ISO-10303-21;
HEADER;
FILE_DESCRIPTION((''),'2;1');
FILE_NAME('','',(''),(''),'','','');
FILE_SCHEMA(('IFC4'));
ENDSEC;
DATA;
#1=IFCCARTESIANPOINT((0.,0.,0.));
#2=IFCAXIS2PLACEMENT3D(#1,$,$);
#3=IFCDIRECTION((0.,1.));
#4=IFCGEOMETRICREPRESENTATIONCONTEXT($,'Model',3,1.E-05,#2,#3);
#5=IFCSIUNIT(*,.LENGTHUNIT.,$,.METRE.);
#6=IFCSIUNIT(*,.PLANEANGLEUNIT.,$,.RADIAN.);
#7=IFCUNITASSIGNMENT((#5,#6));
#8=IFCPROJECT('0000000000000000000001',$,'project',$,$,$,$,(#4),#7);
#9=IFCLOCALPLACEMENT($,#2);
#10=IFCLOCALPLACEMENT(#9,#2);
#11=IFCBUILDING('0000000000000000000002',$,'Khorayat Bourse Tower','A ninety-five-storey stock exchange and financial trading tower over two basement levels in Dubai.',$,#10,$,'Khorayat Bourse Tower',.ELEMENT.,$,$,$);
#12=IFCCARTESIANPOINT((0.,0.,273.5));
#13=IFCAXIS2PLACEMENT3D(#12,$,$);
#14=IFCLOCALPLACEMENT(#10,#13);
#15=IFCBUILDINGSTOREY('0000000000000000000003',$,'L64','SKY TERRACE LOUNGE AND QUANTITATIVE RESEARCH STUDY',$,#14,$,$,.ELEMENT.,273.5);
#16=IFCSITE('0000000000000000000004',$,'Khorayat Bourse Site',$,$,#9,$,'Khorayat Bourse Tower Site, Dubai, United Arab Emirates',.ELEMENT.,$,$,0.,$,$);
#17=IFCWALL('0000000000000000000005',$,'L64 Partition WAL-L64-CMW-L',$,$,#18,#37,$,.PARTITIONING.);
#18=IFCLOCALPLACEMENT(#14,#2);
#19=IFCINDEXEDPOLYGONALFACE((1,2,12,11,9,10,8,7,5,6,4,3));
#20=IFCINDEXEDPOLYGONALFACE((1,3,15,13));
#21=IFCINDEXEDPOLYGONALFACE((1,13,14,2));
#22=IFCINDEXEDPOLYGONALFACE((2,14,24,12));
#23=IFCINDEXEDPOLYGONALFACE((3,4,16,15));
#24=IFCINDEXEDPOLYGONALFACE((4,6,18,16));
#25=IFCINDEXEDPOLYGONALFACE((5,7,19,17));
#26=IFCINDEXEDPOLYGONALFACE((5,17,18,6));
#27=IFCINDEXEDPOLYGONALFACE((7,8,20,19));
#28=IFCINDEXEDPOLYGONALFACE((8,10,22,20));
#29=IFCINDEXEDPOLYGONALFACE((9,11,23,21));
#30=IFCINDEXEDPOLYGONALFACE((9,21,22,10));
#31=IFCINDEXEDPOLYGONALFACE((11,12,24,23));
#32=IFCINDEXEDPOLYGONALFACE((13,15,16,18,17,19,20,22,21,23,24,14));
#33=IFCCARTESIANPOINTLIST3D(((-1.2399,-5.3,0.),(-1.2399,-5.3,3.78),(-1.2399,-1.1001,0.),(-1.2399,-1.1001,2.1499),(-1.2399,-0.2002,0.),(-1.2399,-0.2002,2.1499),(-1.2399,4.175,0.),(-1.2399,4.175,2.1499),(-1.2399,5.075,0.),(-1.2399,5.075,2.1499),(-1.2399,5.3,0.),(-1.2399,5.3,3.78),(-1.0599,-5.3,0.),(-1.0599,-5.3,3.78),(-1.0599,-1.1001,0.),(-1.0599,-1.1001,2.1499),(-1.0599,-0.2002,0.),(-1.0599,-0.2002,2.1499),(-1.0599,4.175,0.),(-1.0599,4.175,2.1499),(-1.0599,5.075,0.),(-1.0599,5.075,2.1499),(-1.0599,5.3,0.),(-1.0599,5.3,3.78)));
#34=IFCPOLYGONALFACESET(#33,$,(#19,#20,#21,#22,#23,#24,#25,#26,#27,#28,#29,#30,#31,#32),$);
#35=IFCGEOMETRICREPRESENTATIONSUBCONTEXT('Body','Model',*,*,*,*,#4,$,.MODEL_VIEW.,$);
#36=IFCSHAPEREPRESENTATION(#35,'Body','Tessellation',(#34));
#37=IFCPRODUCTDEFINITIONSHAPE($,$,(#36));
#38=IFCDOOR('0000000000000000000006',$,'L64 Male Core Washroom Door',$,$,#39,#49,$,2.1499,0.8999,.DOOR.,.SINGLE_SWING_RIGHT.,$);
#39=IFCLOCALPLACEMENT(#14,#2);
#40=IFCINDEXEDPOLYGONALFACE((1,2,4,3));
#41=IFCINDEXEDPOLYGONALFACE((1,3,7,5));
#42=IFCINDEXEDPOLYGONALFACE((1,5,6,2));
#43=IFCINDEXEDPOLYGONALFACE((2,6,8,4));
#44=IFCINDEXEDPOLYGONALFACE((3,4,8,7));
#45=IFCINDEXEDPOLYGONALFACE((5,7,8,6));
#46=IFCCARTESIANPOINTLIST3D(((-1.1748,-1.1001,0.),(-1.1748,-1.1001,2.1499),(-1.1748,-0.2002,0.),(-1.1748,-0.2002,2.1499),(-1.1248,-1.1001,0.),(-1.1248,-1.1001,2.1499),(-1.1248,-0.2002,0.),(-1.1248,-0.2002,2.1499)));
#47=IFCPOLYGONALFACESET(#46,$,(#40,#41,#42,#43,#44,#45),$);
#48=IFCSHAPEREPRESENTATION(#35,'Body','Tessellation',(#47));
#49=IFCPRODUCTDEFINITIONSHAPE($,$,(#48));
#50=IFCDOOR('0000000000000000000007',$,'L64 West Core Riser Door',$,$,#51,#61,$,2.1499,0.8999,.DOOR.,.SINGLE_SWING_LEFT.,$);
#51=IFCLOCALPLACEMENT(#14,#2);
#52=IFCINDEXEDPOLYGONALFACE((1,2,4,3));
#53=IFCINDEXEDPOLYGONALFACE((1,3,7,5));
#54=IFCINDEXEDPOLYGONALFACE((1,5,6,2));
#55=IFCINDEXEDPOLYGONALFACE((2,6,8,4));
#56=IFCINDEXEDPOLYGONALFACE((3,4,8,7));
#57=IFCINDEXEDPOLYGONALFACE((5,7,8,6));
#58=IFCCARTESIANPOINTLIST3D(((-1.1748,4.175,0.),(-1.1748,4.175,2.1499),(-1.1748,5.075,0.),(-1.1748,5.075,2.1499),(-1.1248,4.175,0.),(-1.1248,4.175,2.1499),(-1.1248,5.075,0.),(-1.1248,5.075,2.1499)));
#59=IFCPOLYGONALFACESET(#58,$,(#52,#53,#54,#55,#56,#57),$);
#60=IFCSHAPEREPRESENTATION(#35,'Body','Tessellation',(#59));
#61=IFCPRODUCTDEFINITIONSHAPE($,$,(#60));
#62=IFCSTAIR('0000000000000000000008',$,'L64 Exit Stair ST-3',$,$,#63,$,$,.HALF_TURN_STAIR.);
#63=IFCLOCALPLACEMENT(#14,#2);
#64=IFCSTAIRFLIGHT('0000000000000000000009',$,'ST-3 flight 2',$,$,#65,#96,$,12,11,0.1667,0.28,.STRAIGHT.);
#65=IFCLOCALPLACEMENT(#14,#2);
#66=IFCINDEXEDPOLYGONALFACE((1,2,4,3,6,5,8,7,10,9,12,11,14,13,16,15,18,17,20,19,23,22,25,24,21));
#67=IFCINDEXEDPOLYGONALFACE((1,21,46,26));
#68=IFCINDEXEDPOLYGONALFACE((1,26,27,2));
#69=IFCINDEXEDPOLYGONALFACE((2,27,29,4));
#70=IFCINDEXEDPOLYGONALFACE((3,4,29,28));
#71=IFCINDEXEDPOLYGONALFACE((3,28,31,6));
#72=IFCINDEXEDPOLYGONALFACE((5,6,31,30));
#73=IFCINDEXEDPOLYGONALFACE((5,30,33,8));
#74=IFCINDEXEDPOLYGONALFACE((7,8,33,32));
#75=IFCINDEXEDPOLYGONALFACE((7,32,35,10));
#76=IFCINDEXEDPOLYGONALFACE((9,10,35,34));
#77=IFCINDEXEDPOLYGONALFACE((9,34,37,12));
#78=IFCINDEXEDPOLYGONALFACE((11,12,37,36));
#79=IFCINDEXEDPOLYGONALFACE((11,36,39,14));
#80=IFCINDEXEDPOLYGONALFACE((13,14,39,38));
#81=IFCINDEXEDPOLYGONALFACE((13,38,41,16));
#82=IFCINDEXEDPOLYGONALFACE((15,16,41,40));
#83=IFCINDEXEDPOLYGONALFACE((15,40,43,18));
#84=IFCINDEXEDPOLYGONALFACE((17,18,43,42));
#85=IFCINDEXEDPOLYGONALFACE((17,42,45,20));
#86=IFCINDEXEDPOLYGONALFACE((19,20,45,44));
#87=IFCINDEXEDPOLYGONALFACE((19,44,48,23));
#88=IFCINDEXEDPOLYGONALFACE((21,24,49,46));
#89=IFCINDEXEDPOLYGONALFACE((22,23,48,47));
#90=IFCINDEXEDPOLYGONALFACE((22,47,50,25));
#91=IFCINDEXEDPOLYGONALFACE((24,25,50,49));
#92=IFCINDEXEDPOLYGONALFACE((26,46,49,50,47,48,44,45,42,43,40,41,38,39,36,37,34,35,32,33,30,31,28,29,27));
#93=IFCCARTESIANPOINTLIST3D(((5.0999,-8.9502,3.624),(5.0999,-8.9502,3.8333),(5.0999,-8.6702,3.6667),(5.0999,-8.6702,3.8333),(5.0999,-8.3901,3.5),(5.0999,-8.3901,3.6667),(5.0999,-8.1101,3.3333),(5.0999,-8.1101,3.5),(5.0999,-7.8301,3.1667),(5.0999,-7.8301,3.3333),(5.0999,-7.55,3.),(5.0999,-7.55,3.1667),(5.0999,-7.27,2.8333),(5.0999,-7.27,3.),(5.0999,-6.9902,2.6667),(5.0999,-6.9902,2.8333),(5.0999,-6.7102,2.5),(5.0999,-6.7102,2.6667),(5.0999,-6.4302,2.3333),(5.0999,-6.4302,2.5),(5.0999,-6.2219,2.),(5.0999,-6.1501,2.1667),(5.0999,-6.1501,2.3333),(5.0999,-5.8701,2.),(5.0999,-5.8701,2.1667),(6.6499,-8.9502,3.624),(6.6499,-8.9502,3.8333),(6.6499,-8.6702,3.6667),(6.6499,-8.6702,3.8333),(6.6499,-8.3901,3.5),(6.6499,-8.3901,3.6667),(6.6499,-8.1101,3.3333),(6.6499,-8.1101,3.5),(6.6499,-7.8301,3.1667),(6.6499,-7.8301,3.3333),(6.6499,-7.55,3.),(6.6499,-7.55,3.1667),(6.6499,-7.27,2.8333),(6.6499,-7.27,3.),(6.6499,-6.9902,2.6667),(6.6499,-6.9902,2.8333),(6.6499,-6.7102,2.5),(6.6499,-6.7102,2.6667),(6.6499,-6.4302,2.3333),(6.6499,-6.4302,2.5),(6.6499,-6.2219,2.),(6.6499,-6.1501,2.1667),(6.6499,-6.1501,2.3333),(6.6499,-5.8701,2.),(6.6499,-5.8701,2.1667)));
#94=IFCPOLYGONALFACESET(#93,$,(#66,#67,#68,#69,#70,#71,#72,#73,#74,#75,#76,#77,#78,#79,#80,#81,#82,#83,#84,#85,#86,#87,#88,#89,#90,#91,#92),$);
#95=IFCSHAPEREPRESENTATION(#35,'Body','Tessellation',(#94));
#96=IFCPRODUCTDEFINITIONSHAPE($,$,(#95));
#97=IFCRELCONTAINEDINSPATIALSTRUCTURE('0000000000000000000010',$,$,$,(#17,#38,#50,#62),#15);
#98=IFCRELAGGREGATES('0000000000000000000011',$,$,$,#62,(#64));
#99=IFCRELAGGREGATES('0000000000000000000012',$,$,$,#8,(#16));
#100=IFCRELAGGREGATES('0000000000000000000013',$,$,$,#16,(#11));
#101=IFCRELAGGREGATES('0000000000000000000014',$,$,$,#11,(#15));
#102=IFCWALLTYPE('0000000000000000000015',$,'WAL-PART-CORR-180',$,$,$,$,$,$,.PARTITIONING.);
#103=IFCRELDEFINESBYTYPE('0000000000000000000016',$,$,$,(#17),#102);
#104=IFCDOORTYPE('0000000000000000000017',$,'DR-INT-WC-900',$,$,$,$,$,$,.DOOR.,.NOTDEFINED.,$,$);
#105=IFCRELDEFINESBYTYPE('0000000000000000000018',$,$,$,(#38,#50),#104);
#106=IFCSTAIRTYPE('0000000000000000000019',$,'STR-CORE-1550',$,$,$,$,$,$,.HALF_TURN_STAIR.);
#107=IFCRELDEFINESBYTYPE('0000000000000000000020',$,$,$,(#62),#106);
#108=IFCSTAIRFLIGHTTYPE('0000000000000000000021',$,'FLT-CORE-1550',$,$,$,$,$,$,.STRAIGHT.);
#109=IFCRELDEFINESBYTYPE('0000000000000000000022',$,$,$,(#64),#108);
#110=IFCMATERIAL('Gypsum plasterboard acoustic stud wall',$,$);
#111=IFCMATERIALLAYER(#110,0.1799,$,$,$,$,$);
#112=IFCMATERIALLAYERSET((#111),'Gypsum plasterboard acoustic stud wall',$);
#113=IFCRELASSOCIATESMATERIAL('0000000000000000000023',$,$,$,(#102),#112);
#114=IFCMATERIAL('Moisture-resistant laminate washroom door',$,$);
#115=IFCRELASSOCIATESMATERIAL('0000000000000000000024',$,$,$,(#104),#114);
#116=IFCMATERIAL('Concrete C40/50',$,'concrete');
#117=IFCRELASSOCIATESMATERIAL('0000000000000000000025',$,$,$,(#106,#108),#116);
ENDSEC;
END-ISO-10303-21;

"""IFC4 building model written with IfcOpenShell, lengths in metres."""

from ifc_helpers import new_model, si_unit, direction, frame, frame_2d, origin, place, context, subcontext, project, spatial, polyline, rectangle, outline, extrude, source, transform, mapped, material, layer, layer_set, type_object, element, fill, aggregate, save


model = new_model("IFC4")

# Units and contexts
model_context = context("Model", 3, precision=1e-05, world=origin(), true_north=direction((0.0, 1.0)))
body_context = subcontext(model_context, "Body", "Model", "MODEL_VIEW")
ifc_project = project(units=[si_unit("LENGTHUNIT", "METRE"), si_unit("PLANEANGLEUNIT", "RADIAN")], contexts=[model_context])

# Site, building, storey
site_placement = place(None, origin())
site = spatial("IfcSite", under=ifc_project, at=site_placement, Name="Khorayat Bourse Site", LongName="Khorayat Bourse Tower Site, Dubai, United Arab Emirates", CompositionType="ELEMENT", RefElevation=0.0)
building_placement = place(site_placement, origin())
building = spatial("IfcBuilding", under=site, at=building_placement, Name="Khorayat Bourse Tower", Description="A ninety-five-storey stock exchange and financial trading tower over two basement levels in Dubai.", LongName="Khorayat Bourse Tower", CompositionType="ELEMENT")
storey_placement = place(building_placement, frame((0.0, 0.0, 273.5)))
storey = spatial("IfcBuildingStorey", under=building, at=storey_placement, Name="L64", Description="SKY TERRACE LOUNGE AND QUANTITATIVE RESEARCH STUDY", CompositionType="ELEMENT", Elevation=273.5)

# Shared definitions
ifc_material_1 = material(Name="Gypsum plasterboard acoustic stud wall")
ifc_layer_1 = layer(ifc_material_1, 0.1799)
ifc_layer_set_1 = layer_set([ifc_layer_1], Name="Gypsum plasterboard acoustic stud wall")
wall_type_1 = type_object("IfcWallType", Name="WAL-PART-CORR-180", PredefinedType="PARTITIONING", material=ifc_layer_set_1)
shared_shape_1 = source(origin(), body_context, "Body", "SweptSolid", [
    extrude(rectangle(XDim=0.8999, YDim=2.1499, at=frame_2d((0.45, 1.075))), frame((0.0, 0.0999, 0.0), z_axis=(0.0, -1.0, 0.0), x_axis=(1.0, 0.0, 0.0)), (0.0, 0.0, 1.0), 0.2),
])
ifc_material_2 = material(Name="Moisture-resistant laminate washroom door")
door_type = type_object("IfcDoorType", Name="DR-INT-WC-900", OperationType="NOTDEFINED", PredefinedType="DOOR", material=ifc_material_2)
shared_shape_2 = source(origin(), body_context, "Body", "SweptSolid", [
    extrude(rectangle(XDim=0.8999, YDim=2.1499, at=frame_2d((0.45, 1.075))), frame((0.0, 0.0249, 0.0), z_axis=(0.0, -1.0, 0.0), x_axis=(1.0, 0.0, 0.0)), (0.0, 0.0, 1.0), 0.05),
])

# Wall, openings, doors
shared_shape_3 = source(origin(), body_context, "Body", "SweptSolid", [
    extrude(rectangle(XDim=10.6001, YDim=0.1799, at=frame_2d((5.3, 0.0))), origin(), (0.0, 0.0, 1.0), 3.78),
])
wall_1_placement = place(storey_placement, frame((-1.1499, -5.3, 0.0), z_axis=(0.0, 0.0, 1.0), x_axis=(0.0, 1.0, 0.0)))
wall_1 = element("IfcWall", 1, at=wall_1_placement, inside=storey, type_object=wall_type_1, Name="L64 Partition WAL-L64-CMW-L", PredefinedType="PARTITIONING", context=body_context, shape_type="MappedRepresentation", body=[
    mapped(shared_shape_3, transform((0.0, 0.0, 0.0), scale=1.0)),
])
opening_1_placement = place(wall_1_placement, frame((4.2, 0.0, 0.0)))
opening_1 = element("IfcOpeningElement", 2, at=opening_1_placement, cuts=wall_1, PredefinedType="OPENING", context=body_context, shape_type="MappedRepresentation", body=[
    mapped(shared_shape_1, transform((0.0, 0.0, 0.0), scale=1.0)),
])
opening_2_placement = place(wall_1_placement, frame((9.4751, 0.0, 0.0)))
opening_2 = element("IfcOpeningElement", 3, at=opening_2_placement, cuts=wall_1, PredefinedType="OPENING", context=body_context, shape_type="MappedRepresentation", body=[
    mapped(shared_shape_1, transform((0.0, 0.0, 0.0), scale=1.0)),
])
door_1_placement = place(opening_1_placement, origin())
door_1 = element("IfcDoor", 4, at=door_1_placement, inside=storey, type_object=door_type, Name="L64 Male Core Washroom Door", OperationType="SINGLE_SWING_RIGHT", OverallHeight=2.1499, OverallWidth=0.8999, PredefinedType="DOOR", context=body_context, shape_type="MappedRepresentation", body=[
    mapped(shared_shape_2, transform((0.0, 0.0, 0.0), scale=1.0)),
])
fill(opening_1, door_1)
door_2_placement = place(opening_2_placement, origin())
door_2 = element("IfcDoor", 5, at=door_2_placement, inside=storey, type_object=door_type, Name="L64 West Core Riser Door", OperationType="SINGLE_SWING_LEFT", OverallHeight=2.1499, OverallWidth=0.8999, PredefinedType="DOOR", context=body_context, shape_type="MappedRepresentation", body=[
    mapped(shared_shape_2, transform((0.0, 0.0, 0.0), scale=1.0)),
])
fill(opening_2, door_2)

# Stair, stair flight
ifc_material_3 = material(Name="Concrete C40/50", Category="concrete")
stair_type = type_object("IfcStairType", Name="STR-CORE-1550", PredefinedType="HALF_TURN_STAIR", material=ifc_material_3)
stair_placement = place(storey_placement, origin())
stair = element("IfcStair", 6, at=stair_placement, inside=storey, type_object=stair_type, Name="L64 Exit Stair ST-3", PredefinedType="HALF_TURN_STAIR")
stair_flight_type = type_object("IfcStairFlightType", Name="FLT-CORE-1550", PredefinedType="STRAIGHT", material=ifc_material_3)
shared_shape_4 = source(origin(), body_context, "Body", "SweptSolid", [
    extrude(outline(polyline([(0.0, 0.0), (0.0, 0.1667), (0.28, 0.1667), (0.28, 0.3333), (0.5601, 0.3333), (0.5601, 0.5), (0.8401, 0.5), (0.8401, 0.6667), (1.1201, 0.6667), (1.1201, 0.8333), (1.3999, 0.8333), (1.3999, 1.0), (1.6799, 1.0), (1.6799, 1.1667), (1.96, 1.1667), (1.96, 1.3333), (2.24, 1.3333), (2.24, 1.5), (2.52, 1.5), (2.52, 1.6667), (2.8, 1.6667), (2.8, 1.8333), (3.0801, 1.8333), (3.0801, 2.0), (3.0801, 1.624), (0.3518, 0.0), (0.0, 0.0)])), frame((0.0, 0.7749, 0.0), z_axis=(0.0, -1.0, 0.0), x_axis=(1.0, 0.0, 0.0)), (0.0, 0.0, 1.0), 1.55),
])
stair_flight_placement = place(storey_placement, frame((5.875, -5.8701, 2.0), z_axis=(0.0, 0.0, 1.0), x_axis=(0.0, -1.0, 0.0)))
stair_flight = element("IfcStairFlight", 7, at=stair_flight_placement, type_object=stair_flight_type, Name="ST-3 flight 2", NumberOfRisers=12, NumberOfTreads=11, PredefinedType="STRAIGHT", RiserHeight=0.1667, TreadLength=0.28, context=body_context, shape_type="MappedRepresentation", body=[
    mapped(shared_shape_4, transform((0.0, 0.0, 0.0), scale=1.0)),
])
aggregate(stair, [stair_flight])

save(model, "model.ifc")
